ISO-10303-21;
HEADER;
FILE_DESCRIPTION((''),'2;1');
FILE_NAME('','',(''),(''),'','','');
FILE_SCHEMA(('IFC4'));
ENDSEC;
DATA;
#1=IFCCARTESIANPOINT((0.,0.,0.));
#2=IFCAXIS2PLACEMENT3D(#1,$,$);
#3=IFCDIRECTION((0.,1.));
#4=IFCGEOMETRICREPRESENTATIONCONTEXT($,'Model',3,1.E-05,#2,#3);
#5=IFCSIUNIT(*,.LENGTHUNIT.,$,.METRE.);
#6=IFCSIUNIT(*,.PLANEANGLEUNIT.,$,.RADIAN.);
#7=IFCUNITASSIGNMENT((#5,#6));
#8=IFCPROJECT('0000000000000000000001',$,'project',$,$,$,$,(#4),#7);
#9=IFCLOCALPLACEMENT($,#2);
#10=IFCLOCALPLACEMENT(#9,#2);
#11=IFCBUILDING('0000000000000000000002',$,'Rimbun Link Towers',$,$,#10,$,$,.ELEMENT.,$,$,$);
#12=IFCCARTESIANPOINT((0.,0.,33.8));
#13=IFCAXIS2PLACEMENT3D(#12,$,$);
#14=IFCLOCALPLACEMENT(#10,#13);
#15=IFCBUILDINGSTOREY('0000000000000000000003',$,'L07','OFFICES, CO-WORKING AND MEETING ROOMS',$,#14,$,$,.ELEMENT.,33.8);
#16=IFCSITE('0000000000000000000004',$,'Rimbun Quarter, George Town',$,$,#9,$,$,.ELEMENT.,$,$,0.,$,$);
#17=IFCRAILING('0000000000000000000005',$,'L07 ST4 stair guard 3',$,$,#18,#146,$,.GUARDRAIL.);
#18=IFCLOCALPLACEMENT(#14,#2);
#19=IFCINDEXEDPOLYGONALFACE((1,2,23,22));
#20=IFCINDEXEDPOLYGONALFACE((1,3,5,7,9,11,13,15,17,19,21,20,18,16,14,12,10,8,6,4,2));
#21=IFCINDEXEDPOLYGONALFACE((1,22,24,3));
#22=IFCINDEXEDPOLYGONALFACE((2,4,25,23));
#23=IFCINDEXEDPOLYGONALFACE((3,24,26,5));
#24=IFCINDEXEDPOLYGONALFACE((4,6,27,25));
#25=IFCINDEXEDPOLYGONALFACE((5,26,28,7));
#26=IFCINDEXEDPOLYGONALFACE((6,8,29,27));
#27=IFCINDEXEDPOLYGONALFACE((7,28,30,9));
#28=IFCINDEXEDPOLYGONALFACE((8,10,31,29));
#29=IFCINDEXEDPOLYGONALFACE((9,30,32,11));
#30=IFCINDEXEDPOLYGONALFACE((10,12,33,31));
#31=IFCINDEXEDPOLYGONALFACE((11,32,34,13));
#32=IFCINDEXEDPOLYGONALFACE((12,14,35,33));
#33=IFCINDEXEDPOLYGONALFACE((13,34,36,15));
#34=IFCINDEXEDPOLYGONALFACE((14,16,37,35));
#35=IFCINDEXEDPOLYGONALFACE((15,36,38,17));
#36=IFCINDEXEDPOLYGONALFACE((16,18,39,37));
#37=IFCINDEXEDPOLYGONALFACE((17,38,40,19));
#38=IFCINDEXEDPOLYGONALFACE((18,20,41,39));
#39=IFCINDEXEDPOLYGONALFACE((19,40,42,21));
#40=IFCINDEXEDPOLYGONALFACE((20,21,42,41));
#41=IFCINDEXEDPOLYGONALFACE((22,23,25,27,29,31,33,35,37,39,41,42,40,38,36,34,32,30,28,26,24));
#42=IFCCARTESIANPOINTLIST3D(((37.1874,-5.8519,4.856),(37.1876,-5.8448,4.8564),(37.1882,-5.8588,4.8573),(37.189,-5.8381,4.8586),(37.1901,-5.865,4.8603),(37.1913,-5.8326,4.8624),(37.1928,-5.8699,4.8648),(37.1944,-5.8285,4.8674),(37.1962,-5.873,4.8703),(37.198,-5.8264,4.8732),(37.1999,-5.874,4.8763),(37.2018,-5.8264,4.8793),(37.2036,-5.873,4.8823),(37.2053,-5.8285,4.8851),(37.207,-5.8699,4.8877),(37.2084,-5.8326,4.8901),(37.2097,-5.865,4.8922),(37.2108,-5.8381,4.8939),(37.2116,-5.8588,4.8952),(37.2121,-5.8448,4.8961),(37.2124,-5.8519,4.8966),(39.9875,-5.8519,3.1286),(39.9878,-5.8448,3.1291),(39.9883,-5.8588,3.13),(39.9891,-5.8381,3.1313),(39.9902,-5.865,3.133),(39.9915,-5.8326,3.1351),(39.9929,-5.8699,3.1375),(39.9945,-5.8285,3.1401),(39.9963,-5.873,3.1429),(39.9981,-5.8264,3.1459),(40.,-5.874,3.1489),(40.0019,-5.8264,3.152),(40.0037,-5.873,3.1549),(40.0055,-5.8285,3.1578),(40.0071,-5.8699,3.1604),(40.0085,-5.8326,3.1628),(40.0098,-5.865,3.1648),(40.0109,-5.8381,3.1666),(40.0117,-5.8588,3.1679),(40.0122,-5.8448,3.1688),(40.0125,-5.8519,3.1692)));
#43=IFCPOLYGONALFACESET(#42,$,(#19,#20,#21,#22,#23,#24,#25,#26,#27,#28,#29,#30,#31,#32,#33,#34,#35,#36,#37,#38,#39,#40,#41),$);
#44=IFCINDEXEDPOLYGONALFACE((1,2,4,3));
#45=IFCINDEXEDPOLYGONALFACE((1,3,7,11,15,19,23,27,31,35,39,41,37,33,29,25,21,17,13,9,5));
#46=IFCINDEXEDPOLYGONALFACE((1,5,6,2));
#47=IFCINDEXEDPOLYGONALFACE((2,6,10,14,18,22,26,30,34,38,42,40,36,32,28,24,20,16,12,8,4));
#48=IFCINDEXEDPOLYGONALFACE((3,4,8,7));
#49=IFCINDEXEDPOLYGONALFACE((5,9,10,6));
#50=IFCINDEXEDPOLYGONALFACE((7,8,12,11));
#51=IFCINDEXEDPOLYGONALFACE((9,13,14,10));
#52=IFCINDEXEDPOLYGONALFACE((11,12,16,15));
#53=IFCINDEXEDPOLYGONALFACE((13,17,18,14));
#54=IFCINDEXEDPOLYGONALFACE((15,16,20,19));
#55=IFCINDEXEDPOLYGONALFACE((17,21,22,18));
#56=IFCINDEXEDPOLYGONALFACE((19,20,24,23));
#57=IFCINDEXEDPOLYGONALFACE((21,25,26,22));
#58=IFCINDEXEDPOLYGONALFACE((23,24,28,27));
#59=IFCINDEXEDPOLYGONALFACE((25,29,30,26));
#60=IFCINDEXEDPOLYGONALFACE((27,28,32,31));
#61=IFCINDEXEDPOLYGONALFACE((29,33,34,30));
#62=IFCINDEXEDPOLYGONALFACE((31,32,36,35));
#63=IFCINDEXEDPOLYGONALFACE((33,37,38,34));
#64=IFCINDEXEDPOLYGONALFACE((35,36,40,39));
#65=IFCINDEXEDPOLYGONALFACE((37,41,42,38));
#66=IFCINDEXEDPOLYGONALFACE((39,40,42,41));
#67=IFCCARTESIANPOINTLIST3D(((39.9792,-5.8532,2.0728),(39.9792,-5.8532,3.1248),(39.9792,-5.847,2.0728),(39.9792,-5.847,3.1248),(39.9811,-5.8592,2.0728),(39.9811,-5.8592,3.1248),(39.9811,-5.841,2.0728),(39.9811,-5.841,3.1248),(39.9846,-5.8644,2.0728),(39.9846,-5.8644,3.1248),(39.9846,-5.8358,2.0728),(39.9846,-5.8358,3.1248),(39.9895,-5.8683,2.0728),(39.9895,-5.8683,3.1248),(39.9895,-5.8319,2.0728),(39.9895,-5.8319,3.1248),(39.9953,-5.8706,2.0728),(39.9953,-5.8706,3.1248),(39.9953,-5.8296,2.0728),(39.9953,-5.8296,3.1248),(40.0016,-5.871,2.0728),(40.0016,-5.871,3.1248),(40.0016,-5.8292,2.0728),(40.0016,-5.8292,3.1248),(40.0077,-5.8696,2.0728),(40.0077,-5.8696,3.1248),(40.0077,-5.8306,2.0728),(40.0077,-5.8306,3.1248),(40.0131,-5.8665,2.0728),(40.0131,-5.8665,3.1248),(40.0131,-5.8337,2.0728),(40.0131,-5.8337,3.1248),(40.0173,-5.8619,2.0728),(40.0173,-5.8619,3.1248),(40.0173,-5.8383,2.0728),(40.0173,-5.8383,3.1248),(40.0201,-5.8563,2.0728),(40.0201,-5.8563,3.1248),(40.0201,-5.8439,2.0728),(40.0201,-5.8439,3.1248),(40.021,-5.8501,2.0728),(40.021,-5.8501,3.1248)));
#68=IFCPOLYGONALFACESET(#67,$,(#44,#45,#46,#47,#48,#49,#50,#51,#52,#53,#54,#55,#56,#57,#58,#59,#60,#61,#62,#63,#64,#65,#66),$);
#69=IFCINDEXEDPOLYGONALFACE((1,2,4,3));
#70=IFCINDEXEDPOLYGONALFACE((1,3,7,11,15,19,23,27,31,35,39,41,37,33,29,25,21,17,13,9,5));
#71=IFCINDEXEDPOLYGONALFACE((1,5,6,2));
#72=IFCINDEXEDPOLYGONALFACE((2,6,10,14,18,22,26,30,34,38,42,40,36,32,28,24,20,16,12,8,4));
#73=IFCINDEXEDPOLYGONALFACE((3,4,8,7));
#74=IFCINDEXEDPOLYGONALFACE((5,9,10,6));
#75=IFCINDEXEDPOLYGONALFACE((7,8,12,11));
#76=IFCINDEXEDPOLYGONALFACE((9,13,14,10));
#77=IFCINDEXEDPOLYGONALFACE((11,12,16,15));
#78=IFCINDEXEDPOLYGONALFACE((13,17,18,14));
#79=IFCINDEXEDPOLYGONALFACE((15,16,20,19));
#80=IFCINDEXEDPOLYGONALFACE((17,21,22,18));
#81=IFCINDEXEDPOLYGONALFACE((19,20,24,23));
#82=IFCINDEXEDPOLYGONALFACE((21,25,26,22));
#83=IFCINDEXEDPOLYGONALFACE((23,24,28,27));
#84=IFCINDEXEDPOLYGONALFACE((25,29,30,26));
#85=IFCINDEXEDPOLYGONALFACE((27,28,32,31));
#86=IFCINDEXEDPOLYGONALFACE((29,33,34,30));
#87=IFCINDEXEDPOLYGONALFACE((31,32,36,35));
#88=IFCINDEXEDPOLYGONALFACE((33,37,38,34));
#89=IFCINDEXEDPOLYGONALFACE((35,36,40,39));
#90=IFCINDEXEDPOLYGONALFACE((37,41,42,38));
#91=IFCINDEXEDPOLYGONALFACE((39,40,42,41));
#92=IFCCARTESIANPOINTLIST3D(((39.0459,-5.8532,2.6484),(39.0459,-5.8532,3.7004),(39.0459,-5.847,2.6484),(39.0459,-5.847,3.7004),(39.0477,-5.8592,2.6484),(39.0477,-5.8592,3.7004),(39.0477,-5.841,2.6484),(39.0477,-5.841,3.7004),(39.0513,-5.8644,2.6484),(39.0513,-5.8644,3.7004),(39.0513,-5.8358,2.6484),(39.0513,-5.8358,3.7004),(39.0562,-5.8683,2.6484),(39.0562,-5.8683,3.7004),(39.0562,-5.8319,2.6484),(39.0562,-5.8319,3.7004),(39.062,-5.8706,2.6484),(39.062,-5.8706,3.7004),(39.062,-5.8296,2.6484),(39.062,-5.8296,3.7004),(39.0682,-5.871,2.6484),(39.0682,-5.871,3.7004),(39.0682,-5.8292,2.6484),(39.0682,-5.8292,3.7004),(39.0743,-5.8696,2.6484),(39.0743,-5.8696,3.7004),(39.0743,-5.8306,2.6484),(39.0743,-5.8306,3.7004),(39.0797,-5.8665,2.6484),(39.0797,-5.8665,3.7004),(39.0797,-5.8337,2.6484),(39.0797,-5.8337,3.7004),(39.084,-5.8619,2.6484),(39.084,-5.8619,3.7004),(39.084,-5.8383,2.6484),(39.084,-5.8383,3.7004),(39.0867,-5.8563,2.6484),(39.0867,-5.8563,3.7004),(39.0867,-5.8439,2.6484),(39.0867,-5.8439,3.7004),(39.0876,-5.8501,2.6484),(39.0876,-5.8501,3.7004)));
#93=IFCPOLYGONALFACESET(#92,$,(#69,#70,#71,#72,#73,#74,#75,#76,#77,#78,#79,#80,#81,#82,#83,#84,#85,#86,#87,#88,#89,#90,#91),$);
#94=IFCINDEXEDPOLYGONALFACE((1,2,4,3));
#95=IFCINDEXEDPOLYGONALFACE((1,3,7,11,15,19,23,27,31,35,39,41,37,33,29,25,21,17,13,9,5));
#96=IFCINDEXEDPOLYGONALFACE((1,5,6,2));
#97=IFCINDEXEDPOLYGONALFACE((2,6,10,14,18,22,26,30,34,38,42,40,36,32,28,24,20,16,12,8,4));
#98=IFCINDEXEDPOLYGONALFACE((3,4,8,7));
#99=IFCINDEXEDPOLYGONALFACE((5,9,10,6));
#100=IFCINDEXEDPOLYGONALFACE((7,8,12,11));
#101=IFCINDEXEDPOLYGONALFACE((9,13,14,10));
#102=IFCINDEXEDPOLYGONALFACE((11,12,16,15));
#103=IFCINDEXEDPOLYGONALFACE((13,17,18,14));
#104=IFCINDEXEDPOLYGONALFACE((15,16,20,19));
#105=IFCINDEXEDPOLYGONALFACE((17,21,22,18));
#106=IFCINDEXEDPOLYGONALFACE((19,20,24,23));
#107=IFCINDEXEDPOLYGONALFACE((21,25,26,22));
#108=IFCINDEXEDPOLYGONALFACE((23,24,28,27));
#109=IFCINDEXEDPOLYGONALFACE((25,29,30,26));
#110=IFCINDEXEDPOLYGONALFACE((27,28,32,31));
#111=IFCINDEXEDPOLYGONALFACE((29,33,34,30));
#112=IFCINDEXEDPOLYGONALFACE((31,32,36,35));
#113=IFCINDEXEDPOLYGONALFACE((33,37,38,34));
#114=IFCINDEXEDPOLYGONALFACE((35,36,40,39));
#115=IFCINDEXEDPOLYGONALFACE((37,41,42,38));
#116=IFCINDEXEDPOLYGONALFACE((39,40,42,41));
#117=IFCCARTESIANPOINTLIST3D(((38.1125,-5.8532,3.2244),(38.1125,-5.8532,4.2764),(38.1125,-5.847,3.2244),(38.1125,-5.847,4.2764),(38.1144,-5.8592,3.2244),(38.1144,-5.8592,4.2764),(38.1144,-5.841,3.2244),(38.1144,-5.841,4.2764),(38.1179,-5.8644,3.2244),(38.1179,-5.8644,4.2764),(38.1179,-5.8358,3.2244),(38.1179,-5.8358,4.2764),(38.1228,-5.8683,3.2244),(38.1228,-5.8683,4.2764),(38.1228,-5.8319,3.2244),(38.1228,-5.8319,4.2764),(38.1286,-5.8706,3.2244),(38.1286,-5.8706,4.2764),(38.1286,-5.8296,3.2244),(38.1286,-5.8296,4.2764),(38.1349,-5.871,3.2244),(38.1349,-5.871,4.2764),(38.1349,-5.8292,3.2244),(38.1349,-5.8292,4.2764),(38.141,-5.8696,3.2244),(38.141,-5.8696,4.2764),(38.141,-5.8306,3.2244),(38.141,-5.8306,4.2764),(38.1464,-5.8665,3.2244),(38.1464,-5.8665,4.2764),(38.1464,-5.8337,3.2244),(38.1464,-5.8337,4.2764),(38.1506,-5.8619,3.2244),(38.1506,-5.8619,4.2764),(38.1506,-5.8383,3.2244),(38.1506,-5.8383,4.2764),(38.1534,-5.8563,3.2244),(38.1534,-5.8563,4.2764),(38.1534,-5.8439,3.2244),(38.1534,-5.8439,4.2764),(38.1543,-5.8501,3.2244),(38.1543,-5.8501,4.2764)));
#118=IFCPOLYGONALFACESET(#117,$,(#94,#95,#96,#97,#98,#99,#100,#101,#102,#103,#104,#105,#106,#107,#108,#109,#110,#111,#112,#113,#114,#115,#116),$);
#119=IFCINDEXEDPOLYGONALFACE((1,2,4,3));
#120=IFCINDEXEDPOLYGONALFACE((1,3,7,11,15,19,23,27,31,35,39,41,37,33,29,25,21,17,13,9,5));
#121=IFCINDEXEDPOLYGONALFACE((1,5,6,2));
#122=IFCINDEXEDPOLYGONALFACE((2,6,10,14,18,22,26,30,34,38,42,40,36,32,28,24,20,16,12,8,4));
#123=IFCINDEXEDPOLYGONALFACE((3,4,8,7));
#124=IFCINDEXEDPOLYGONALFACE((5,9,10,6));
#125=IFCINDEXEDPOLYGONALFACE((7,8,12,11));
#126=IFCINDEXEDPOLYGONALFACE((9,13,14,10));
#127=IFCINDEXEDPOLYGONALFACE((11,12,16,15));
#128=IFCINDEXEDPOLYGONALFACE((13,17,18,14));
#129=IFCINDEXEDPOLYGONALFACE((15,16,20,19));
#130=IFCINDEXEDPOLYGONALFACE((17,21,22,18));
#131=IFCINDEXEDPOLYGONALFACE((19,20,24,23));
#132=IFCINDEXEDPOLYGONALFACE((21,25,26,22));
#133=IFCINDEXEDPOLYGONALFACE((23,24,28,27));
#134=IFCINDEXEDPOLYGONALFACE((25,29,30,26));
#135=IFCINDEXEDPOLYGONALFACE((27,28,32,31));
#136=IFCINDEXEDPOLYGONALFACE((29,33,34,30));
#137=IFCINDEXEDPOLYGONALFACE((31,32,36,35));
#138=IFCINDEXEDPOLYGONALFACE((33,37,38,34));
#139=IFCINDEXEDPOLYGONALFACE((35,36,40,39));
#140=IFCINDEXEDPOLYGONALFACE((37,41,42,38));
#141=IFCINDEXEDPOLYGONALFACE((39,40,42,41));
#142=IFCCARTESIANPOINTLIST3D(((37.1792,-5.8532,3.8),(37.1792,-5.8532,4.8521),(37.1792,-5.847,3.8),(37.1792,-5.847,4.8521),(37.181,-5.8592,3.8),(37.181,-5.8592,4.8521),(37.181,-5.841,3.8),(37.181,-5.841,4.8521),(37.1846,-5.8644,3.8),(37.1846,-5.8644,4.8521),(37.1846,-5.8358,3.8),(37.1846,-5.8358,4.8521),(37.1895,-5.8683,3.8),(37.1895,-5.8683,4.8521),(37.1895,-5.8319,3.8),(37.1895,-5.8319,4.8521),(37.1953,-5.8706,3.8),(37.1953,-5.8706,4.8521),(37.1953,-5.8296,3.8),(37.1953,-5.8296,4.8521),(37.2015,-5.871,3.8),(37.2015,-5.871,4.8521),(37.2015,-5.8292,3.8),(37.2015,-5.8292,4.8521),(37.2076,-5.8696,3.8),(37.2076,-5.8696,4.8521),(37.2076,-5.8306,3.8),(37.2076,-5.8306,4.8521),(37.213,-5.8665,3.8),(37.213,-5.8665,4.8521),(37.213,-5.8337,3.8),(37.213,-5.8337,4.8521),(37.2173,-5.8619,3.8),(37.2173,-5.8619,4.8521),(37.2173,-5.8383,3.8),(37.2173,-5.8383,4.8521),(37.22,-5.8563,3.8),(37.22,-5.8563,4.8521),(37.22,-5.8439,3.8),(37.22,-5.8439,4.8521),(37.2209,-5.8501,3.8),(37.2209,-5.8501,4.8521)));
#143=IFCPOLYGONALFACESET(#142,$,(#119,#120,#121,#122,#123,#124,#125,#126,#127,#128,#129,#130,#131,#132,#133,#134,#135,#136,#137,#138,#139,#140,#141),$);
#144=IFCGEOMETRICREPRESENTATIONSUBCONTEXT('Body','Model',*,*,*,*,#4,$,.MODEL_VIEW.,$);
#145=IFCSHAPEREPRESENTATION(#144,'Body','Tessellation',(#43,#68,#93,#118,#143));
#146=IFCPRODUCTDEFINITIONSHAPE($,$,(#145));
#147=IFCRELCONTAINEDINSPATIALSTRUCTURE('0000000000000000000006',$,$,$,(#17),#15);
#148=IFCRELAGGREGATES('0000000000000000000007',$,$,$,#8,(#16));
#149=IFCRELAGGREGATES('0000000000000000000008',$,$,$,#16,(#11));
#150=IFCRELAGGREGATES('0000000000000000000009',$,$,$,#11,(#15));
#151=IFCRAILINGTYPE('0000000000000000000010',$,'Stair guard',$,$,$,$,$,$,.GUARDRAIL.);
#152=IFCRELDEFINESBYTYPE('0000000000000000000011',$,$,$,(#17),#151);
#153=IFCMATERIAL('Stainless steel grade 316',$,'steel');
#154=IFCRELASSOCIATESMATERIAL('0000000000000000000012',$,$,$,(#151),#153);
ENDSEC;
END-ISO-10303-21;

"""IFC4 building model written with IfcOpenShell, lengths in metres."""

from ifc_helpers import new_model, si_unit, direction, frame, origin, origin_2d, place, context, subcontext, project, spatial, circle, extrude, material, type_object, element, save


model = new_model("IFC4")

# Units and contexts
model_context = context("Model", 3, precision=1e-05, world=origin(), true_north=direction((0.0, 1.0)))
body_context = subcontext(model_context, "Body", "Model", "MODEL_VIEW")
ifc_project = project(units=[si_unit("LENGTHUNIT", "METRE"), si_unit("PLANEANGLEUNIT", "RADIAN")], contexts=[model_context])

# Site, building, storey
site_placement = place(None, origin())
site = spatial("IfcSite", under=ifc_project, at=site_placement, Name="Rimbun Quarter, George Town", CompositionType="ELEMENT", RefElevation=0.0)
building_placement = place(site_placement, origin())
building = spatial("IfcBuilding", under=site, at=building_placement, Name="Rimbun Link Towers", CompositionType="ELEMENT")
storey_placement = place(building_placement, frame((0.0, 0.0, 33.8)))
storey = spatial("IfcBuildingStorey", under=building, at=storey_placement, Name="L07", Description="OFFICES, CO-WORKING AND MEETING ROOMS", CompositionType="ELEMENT", Elevation=33.8)

# Railing
ifc_material_1 = material(Name="Stainless steel grade 316", Category="steel")
railing_type_1 = type_object("IfcRailingType", Name="Stair guard", PredefinedType="GUARDRAIL", material=ifc_material_1)
railing_1_placement = place(storey_placement, frame((40.0, -5.8501, 2.0728)))
element("IfcRailing", 1, at=railing_1_placement, inside=storey, type_object=railing_type_1, Name="L07 ST4 stair guard 3", PredefinedType="GUARDRAIL", context=body_context, shape_type="SweptSolid", body=[
    extrude(circle(Radius=0.0239, at=origin_2d()), frame((0.0, 0.0, 1.0762), z_axis=(-0.85109, 0.0, 0.52502), x_axis=(0.0, -1.0, 0.0)), (0.0, 0.0, 1.0), 3.29),
    extrude(circle(Radius=0.021, at=origin_2d()), origin(), (0.0, 0.0, 1.0), 1.052),
    extrude(circle(Radius=0.021, at=origin_2d()), frame((-0.9333, 0.0, 0.5757)), (0.0, 0.0, 1.0), 1.052),
    extrude(circle(Radius=0.021, at=origin_2d()), frame((-1.8667, 0.0, 1.1516)), (0.0, 0.0, 1.0), 1.052),
    extrude(circle(Radius=0.021, at=origin_2d()), frame((-2.8, 0.0, 1.7273)), (0.0, 0.0, 1.0), 1.052),
])

save(model, "model.ifc")
